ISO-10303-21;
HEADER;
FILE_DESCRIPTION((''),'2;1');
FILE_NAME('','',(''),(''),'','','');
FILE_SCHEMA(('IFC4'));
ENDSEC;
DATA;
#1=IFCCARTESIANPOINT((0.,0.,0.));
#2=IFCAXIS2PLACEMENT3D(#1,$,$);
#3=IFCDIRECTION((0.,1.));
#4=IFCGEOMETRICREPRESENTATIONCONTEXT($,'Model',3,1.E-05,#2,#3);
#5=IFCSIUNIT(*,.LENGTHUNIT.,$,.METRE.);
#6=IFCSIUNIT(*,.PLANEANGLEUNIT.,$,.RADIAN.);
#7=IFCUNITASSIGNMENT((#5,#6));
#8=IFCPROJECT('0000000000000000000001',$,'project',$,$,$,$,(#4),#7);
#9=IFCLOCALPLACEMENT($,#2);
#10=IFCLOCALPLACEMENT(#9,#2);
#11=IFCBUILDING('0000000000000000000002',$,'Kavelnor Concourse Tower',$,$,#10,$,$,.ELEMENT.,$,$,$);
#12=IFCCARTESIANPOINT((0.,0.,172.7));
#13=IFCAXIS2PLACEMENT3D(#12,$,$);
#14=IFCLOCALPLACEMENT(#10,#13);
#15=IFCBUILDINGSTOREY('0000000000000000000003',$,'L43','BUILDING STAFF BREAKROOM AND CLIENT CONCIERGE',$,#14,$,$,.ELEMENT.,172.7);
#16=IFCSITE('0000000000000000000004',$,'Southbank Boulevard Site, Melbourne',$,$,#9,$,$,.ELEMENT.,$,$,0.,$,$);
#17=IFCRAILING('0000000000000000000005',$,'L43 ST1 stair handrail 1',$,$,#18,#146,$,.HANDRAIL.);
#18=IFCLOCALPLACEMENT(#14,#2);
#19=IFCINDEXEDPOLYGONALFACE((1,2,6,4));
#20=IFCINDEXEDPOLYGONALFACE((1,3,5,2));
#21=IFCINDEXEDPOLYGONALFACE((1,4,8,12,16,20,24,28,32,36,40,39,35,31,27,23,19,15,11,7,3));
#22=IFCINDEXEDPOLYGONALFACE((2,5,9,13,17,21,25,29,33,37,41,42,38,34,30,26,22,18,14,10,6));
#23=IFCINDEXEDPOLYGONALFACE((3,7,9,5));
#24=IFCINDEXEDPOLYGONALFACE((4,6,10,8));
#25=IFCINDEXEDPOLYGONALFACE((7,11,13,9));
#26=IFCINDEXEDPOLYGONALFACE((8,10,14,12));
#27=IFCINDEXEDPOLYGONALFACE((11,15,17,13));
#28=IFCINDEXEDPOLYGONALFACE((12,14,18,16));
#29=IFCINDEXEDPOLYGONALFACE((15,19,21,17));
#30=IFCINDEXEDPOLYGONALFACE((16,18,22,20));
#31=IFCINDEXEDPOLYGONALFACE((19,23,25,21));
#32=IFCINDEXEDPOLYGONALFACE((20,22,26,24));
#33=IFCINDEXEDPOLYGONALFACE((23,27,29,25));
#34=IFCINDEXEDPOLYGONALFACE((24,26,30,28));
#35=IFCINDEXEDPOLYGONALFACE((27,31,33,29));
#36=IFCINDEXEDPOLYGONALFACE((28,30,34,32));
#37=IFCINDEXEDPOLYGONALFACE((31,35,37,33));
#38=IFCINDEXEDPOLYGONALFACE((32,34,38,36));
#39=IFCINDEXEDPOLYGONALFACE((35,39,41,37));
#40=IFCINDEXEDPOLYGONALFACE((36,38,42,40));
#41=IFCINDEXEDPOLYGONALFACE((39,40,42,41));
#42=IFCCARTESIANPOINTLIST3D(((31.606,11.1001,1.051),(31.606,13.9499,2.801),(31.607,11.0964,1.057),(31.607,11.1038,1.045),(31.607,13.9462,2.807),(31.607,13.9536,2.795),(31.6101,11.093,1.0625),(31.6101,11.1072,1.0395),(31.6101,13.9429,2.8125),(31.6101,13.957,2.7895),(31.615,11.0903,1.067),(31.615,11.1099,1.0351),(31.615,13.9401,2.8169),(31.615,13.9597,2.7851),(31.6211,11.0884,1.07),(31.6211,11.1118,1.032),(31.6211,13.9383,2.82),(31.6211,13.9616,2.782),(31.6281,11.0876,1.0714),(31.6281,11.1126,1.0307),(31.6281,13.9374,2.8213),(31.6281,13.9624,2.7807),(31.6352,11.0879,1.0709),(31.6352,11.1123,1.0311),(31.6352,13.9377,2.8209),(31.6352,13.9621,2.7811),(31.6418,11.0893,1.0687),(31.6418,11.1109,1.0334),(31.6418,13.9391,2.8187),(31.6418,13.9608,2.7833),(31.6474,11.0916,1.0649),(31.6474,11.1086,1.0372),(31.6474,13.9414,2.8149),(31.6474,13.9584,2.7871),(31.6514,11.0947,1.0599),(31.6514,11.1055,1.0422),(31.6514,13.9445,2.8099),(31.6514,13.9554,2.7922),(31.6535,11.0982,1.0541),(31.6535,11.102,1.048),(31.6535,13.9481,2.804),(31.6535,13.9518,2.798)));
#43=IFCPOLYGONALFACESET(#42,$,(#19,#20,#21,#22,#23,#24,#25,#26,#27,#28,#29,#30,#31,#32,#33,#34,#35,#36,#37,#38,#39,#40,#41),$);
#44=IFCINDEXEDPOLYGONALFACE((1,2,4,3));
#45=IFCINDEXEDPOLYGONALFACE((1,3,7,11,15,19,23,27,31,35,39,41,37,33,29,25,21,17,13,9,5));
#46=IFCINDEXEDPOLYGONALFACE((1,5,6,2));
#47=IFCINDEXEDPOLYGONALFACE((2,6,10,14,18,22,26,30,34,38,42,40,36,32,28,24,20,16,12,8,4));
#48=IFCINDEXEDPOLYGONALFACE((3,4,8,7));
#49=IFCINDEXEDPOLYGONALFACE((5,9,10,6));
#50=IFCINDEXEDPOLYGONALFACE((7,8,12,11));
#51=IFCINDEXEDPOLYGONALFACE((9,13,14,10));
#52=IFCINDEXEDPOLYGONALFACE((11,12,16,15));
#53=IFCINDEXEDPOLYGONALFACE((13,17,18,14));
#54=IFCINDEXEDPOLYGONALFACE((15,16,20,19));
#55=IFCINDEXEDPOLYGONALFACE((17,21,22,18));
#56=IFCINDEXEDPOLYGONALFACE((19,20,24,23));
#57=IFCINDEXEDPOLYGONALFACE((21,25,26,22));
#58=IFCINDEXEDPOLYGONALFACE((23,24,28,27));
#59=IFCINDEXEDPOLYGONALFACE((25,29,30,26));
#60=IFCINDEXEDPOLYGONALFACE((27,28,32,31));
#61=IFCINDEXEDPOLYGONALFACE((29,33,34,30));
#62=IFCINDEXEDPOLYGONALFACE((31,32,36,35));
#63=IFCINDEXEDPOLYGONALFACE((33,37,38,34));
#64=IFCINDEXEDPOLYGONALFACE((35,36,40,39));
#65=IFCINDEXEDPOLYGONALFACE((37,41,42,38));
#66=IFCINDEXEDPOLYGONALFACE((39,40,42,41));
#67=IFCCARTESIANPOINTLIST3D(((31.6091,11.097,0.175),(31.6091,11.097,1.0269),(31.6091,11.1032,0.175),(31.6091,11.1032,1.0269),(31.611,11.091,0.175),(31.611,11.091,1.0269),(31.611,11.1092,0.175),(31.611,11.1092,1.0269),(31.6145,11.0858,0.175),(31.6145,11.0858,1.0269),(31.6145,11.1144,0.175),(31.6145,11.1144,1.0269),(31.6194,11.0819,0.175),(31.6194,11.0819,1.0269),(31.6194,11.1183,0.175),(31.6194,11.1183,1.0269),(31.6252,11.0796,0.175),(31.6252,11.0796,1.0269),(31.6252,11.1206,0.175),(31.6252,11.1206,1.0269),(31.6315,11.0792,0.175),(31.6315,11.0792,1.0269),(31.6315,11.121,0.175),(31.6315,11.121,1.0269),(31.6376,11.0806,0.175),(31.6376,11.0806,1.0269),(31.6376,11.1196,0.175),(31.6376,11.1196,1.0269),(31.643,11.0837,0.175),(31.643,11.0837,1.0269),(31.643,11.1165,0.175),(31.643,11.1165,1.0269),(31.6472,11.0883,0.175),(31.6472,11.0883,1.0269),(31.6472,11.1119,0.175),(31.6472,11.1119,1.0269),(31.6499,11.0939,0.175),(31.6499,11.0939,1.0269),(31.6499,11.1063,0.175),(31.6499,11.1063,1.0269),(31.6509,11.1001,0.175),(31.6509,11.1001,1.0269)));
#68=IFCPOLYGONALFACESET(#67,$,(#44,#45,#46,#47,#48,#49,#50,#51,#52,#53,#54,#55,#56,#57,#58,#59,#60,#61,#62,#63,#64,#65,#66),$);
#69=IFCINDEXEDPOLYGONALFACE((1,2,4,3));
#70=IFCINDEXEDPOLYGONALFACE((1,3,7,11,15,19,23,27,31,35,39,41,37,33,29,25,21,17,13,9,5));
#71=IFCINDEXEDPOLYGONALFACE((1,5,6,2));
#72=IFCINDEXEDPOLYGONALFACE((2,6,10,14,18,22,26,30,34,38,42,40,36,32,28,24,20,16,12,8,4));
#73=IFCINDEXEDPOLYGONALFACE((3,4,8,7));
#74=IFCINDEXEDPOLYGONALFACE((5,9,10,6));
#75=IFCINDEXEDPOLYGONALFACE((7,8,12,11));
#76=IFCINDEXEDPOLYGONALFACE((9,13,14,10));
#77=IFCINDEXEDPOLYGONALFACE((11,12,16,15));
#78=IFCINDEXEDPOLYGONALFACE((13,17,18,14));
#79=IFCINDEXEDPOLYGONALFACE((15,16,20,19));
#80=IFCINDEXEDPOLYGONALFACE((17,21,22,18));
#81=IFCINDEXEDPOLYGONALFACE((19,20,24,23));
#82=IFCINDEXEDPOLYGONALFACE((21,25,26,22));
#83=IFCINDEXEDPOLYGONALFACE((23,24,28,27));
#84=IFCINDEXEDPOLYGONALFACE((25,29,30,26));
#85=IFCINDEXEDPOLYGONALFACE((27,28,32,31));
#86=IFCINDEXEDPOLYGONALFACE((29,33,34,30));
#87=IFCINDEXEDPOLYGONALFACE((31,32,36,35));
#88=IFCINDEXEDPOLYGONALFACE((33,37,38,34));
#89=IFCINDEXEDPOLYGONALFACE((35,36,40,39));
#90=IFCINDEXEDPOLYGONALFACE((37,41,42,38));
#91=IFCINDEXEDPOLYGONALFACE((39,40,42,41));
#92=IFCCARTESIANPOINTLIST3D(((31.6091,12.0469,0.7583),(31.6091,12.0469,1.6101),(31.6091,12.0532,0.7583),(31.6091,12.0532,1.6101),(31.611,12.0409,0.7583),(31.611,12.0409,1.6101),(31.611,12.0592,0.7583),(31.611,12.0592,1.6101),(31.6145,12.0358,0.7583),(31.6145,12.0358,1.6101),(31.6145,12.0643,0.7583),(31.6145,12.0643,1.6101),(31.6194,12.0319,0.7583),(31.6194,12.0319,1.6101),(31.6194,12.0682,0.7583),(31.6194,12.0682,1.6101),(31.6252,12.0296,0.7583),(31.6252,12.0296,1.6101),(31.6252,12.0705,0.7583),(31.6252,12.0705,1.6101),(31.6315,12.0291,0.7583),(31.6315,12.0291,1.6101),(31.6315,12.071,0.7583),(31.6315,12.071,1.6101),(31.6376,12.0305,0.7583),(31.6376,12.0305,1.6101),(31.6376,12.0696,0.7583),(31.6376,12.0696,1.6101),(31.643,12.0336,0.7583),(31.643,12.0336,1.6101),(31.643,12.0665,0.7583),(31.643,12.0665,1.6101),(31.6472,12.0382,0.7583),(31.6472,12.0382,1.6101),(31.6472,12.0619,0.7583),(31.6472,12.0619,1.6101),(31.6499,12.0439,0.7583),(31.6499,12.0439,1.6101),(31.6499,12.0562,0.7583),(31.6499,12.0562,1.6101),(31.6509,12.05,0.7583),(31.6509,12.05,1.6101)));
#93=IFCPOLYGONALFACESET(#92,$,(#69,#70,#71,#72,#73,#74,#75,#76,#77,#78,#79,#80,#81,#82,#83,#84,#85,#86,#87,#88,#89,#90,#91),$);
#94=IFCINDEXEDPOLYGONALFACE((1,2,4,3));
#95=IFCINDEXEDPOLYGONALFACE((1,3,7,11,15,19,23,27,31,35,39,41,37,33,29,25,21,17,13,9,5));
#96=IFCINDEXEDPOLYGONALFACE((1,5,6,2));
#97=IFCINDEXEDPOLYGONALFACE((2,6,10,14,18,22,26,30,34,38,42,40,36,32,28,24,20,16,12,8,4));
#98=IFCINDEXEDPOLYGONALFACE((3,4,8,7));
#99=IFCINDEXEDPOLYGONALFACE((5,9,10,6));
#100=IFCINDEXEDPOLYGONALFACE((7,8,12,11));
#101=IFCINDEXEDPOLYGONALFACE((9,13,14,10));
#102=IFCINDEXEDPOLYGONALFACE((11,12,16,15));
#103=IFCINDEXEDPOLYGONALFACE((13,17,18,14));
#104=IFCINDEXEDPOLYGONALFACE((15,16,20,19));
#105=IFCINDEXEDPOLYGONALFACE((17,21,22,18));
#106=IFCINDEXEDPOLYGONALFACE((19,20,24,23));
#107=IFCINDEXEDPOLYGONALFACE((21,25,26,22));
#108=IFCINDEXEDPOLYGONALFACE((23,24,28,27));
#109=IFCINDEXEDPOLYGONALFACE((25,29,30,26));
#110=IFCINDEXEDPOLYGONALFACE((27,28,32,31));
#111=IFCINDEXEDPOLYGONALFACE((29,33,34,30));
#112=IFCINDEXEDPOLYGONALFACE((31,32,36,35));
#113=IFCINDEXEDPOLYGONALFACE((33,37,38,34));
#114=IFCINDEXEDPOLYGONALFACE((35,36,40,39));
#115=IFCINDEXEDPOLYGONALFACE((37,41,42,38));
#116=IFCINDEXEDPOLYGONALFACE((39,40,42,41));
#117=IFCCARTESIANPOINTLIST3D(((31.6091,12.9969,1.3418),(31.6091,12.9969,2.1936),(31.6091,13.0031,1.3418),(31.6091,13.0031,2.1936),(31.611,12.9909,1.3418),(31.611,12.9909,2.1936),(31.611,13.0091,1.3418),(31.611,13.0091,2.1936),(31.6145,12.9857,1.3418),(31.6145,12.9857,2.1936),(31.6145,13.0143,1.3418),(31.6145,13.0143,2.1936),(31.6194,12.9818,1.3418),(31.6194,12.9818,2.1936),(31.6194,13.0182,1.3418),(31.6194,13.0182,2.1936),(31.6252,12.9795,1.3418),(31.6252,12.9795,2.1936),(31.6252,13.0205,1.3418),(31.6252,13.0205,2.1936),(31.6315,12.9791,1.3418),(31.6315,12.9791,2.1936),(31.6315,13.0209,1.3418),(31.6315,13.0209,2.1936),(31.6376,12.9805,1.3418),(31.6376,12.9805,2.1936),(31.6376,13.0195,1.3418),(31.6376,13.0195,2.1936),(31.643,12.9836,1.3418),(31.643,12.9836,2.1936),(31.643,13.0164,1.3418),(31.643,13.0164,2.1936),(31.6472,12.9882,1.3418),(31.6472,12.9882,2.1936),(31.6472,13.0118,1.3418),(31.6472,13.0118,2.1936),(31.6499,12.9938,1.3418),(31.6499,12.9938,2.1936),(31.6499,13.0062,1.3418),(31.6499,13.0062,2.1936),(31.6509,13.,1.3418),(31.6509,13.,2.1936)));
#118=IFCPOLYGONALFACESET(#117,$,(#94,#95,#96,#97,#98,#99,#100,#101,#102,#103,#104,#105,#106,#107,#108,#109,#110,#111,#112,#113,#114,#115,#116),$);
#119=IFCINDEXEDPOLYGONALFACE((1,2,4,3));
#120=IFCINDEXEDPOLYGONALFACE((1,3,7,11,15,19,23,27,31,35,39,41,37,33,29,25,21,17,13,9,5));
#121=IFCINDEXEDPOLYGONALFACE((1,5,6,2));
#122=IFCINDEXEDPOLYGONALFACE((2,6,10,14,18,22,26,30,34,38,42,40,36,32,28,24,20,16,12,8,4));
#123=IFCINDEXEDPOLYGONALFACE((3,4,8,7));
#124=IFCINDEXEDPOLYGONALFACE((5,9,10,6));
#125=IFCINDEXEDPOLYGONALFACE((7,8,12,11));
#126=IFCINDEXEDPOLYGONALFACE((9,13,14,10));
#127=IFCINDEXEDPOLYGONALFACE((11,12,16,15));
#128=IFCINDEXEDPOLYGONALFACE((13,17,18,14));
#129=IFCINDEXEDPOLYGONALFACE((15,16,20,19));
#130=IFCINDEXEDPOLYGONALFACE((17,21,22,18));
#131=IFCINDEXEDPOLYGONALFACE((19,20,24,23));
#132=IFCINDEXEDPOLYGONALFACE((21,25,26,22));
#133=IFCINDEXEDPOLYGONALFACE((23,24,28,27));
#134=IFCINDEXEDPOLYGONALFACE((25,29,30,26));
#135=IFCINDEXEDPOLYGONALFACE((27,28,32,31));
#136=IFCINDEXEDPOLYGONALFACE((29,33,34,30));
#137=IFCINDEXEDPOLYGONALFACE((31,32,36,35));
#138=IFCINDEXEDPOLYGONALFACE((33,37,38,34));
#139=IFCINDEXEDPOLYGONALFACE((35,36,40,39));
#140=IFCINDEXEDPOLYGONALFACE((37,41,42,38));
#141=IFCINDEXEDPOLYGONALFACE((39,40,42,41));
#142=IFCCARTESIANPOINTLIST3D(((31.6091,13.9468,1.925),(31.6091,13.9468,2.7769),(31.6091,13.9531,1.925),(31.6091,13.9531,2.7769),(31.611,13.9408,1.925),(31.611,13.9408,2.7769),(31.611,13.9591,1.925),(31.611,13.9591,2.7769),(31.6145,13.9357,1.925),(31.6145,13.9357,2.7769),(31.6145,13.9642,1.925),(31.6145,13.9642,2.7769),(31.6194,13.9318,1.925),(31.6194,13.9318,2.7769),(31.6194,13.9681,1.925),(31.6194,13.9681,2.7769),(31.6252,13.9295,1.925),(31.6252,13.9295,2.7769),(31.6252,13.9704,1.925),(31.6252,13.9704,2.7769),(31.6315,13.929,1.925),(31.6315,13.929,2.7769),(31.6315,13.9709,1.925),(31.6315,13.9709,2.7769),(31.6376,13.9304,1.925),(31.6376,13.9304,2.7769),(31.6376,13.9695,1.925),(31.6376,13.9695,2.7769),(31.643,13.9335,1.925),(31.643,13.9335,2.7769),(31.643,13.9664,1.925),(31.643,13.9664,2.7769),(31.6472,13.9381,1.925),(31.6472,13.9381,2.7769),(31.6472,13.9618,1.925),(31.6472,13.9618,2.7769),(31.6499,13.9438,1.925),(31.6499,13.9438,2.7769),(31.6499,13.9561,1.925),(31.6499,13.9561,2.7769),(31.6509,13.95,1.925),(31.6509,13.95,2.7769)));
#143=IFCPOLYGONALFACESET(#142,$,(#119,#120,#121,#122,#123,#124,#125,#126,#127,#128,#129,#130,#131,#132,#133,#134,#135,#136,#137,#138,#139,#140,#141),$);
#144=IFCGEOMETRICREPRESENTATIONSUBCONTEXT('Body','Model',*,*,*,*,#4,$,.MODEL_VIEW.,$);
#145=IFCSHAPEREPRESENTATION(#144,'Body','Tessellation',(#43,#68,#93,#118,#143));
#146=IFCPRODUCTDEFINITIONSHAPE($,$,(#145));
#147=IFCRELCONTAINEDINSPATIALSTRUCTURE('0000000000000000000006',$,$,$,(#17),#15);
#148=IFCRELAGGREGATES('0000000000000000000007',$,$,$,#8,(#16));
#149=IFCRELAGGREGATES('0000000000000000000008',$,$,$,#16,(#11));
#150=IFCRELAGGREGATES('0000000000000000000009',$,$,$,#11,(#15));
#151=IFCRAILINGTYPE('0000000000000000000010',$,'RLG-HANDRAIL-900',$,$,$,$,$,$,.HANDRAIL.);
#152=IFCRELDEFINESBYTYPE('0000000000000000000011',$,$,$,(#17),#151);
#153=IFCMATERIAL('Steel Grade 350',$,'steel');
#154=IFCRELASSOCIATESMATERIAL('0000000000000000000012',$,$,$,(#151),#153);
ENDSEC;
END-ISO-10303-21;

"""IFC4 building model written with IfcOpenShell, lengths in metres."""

from ifc_helpers import new_model, si_unit, direction, frame, origin, origin_2d, place, context, subcontext, project, spatial, circle, extrude, material, type_object, element, save


model = new_model("IFC4")

# Units and contexts
model_context = context("Model", 3, precision=1e-05, world=origin(), true_north=direction((0.0, 1.0)))
body_context = subcontext(model_context, "Body", "Model", "MODEL_VIEW")
ifc_project = project(units=[si_unit("LENGTHUNIT", "METRE"), si_unit("PLANEANGLEUNIT", "RADIAN")], contexts=[model_context])

# Site, building, storey
site_placement = place(None, origin())
site = spatial("IfcSite", under=ifc_project, at=site_placement, Name="Southbank Boulevard Site, Melbourne", CompositionType="ELEMENT", RefElevation=0.0)
building_placement = place(site_placement, origin())
building = spatial("IfcBuilding", under=site, at=building_placement, Name="Kavelnor Concourse Tower", CompositionType="ELEMENT")
storey_placement = place(building_placement, frame((0.0, 0.0, 172.7)))
storey = spatial("IfcBuildingStorey", under=building, at=storey_placement, Name="L43", Description="BUILDING STAFF BREAKROOM AND CLIENT CONCIERGE", CompositionType="ELEMENT", Elevation=172.7)

# Shared definitions
ifc_material_1 = material(Name="Steel Grade 350", Category="steel")

# Railing
railing_type_1 = type_object("IfcRailingType", Name="RLG-HANDRAIL-900", PredefinedType="HANDRAIL", material=ifc_material_1)
railing_1_placement = place(storey_placement, frame((31.6299, 11.1001, 0.175)))
element("IfcRailing", 1, at=railing_1_placement, inside=storey, type_object=railing_type_1, Name="L43 ST1 stair handrail 1", PredefinedType="HANDRAIL", context=body_context, shape_type="SweptSolid", body=[
    extrude(circle(Radius=0.0239, at=origin_2d()), frame((0.0, 0.0, 0.876), z_axis=(0.0, 0.852159, 0.523283), x_axis=(-1.0, 0.0, 0.0)), (0.0, 0.0, 1.0), 3.3442),
    extrude(circle(Radius=0.021, at=origin_2d()), origin(), (0.0, 0.0, 1.0), 0.8518),
    extrude(circle(Radius=0.021, at=origin_2d()), frame((0.0, 0.95, 0.5833)), (0.0, 0.0, 1.0), 0.8518),
    extrude(circle(Radius=0.021, at=origin_2d()), frame((0.0, 1.8999, 1.1667)), (0.0, 0.0, 1.0), 0.8518),
    extrude(circle(Radius=0.021, at=origin_2d()), frame((0.0, 2.8499, 1.75)), (0.0, 0.0, 1.0), 0.8518),
])

save(model, "model.ifc")
